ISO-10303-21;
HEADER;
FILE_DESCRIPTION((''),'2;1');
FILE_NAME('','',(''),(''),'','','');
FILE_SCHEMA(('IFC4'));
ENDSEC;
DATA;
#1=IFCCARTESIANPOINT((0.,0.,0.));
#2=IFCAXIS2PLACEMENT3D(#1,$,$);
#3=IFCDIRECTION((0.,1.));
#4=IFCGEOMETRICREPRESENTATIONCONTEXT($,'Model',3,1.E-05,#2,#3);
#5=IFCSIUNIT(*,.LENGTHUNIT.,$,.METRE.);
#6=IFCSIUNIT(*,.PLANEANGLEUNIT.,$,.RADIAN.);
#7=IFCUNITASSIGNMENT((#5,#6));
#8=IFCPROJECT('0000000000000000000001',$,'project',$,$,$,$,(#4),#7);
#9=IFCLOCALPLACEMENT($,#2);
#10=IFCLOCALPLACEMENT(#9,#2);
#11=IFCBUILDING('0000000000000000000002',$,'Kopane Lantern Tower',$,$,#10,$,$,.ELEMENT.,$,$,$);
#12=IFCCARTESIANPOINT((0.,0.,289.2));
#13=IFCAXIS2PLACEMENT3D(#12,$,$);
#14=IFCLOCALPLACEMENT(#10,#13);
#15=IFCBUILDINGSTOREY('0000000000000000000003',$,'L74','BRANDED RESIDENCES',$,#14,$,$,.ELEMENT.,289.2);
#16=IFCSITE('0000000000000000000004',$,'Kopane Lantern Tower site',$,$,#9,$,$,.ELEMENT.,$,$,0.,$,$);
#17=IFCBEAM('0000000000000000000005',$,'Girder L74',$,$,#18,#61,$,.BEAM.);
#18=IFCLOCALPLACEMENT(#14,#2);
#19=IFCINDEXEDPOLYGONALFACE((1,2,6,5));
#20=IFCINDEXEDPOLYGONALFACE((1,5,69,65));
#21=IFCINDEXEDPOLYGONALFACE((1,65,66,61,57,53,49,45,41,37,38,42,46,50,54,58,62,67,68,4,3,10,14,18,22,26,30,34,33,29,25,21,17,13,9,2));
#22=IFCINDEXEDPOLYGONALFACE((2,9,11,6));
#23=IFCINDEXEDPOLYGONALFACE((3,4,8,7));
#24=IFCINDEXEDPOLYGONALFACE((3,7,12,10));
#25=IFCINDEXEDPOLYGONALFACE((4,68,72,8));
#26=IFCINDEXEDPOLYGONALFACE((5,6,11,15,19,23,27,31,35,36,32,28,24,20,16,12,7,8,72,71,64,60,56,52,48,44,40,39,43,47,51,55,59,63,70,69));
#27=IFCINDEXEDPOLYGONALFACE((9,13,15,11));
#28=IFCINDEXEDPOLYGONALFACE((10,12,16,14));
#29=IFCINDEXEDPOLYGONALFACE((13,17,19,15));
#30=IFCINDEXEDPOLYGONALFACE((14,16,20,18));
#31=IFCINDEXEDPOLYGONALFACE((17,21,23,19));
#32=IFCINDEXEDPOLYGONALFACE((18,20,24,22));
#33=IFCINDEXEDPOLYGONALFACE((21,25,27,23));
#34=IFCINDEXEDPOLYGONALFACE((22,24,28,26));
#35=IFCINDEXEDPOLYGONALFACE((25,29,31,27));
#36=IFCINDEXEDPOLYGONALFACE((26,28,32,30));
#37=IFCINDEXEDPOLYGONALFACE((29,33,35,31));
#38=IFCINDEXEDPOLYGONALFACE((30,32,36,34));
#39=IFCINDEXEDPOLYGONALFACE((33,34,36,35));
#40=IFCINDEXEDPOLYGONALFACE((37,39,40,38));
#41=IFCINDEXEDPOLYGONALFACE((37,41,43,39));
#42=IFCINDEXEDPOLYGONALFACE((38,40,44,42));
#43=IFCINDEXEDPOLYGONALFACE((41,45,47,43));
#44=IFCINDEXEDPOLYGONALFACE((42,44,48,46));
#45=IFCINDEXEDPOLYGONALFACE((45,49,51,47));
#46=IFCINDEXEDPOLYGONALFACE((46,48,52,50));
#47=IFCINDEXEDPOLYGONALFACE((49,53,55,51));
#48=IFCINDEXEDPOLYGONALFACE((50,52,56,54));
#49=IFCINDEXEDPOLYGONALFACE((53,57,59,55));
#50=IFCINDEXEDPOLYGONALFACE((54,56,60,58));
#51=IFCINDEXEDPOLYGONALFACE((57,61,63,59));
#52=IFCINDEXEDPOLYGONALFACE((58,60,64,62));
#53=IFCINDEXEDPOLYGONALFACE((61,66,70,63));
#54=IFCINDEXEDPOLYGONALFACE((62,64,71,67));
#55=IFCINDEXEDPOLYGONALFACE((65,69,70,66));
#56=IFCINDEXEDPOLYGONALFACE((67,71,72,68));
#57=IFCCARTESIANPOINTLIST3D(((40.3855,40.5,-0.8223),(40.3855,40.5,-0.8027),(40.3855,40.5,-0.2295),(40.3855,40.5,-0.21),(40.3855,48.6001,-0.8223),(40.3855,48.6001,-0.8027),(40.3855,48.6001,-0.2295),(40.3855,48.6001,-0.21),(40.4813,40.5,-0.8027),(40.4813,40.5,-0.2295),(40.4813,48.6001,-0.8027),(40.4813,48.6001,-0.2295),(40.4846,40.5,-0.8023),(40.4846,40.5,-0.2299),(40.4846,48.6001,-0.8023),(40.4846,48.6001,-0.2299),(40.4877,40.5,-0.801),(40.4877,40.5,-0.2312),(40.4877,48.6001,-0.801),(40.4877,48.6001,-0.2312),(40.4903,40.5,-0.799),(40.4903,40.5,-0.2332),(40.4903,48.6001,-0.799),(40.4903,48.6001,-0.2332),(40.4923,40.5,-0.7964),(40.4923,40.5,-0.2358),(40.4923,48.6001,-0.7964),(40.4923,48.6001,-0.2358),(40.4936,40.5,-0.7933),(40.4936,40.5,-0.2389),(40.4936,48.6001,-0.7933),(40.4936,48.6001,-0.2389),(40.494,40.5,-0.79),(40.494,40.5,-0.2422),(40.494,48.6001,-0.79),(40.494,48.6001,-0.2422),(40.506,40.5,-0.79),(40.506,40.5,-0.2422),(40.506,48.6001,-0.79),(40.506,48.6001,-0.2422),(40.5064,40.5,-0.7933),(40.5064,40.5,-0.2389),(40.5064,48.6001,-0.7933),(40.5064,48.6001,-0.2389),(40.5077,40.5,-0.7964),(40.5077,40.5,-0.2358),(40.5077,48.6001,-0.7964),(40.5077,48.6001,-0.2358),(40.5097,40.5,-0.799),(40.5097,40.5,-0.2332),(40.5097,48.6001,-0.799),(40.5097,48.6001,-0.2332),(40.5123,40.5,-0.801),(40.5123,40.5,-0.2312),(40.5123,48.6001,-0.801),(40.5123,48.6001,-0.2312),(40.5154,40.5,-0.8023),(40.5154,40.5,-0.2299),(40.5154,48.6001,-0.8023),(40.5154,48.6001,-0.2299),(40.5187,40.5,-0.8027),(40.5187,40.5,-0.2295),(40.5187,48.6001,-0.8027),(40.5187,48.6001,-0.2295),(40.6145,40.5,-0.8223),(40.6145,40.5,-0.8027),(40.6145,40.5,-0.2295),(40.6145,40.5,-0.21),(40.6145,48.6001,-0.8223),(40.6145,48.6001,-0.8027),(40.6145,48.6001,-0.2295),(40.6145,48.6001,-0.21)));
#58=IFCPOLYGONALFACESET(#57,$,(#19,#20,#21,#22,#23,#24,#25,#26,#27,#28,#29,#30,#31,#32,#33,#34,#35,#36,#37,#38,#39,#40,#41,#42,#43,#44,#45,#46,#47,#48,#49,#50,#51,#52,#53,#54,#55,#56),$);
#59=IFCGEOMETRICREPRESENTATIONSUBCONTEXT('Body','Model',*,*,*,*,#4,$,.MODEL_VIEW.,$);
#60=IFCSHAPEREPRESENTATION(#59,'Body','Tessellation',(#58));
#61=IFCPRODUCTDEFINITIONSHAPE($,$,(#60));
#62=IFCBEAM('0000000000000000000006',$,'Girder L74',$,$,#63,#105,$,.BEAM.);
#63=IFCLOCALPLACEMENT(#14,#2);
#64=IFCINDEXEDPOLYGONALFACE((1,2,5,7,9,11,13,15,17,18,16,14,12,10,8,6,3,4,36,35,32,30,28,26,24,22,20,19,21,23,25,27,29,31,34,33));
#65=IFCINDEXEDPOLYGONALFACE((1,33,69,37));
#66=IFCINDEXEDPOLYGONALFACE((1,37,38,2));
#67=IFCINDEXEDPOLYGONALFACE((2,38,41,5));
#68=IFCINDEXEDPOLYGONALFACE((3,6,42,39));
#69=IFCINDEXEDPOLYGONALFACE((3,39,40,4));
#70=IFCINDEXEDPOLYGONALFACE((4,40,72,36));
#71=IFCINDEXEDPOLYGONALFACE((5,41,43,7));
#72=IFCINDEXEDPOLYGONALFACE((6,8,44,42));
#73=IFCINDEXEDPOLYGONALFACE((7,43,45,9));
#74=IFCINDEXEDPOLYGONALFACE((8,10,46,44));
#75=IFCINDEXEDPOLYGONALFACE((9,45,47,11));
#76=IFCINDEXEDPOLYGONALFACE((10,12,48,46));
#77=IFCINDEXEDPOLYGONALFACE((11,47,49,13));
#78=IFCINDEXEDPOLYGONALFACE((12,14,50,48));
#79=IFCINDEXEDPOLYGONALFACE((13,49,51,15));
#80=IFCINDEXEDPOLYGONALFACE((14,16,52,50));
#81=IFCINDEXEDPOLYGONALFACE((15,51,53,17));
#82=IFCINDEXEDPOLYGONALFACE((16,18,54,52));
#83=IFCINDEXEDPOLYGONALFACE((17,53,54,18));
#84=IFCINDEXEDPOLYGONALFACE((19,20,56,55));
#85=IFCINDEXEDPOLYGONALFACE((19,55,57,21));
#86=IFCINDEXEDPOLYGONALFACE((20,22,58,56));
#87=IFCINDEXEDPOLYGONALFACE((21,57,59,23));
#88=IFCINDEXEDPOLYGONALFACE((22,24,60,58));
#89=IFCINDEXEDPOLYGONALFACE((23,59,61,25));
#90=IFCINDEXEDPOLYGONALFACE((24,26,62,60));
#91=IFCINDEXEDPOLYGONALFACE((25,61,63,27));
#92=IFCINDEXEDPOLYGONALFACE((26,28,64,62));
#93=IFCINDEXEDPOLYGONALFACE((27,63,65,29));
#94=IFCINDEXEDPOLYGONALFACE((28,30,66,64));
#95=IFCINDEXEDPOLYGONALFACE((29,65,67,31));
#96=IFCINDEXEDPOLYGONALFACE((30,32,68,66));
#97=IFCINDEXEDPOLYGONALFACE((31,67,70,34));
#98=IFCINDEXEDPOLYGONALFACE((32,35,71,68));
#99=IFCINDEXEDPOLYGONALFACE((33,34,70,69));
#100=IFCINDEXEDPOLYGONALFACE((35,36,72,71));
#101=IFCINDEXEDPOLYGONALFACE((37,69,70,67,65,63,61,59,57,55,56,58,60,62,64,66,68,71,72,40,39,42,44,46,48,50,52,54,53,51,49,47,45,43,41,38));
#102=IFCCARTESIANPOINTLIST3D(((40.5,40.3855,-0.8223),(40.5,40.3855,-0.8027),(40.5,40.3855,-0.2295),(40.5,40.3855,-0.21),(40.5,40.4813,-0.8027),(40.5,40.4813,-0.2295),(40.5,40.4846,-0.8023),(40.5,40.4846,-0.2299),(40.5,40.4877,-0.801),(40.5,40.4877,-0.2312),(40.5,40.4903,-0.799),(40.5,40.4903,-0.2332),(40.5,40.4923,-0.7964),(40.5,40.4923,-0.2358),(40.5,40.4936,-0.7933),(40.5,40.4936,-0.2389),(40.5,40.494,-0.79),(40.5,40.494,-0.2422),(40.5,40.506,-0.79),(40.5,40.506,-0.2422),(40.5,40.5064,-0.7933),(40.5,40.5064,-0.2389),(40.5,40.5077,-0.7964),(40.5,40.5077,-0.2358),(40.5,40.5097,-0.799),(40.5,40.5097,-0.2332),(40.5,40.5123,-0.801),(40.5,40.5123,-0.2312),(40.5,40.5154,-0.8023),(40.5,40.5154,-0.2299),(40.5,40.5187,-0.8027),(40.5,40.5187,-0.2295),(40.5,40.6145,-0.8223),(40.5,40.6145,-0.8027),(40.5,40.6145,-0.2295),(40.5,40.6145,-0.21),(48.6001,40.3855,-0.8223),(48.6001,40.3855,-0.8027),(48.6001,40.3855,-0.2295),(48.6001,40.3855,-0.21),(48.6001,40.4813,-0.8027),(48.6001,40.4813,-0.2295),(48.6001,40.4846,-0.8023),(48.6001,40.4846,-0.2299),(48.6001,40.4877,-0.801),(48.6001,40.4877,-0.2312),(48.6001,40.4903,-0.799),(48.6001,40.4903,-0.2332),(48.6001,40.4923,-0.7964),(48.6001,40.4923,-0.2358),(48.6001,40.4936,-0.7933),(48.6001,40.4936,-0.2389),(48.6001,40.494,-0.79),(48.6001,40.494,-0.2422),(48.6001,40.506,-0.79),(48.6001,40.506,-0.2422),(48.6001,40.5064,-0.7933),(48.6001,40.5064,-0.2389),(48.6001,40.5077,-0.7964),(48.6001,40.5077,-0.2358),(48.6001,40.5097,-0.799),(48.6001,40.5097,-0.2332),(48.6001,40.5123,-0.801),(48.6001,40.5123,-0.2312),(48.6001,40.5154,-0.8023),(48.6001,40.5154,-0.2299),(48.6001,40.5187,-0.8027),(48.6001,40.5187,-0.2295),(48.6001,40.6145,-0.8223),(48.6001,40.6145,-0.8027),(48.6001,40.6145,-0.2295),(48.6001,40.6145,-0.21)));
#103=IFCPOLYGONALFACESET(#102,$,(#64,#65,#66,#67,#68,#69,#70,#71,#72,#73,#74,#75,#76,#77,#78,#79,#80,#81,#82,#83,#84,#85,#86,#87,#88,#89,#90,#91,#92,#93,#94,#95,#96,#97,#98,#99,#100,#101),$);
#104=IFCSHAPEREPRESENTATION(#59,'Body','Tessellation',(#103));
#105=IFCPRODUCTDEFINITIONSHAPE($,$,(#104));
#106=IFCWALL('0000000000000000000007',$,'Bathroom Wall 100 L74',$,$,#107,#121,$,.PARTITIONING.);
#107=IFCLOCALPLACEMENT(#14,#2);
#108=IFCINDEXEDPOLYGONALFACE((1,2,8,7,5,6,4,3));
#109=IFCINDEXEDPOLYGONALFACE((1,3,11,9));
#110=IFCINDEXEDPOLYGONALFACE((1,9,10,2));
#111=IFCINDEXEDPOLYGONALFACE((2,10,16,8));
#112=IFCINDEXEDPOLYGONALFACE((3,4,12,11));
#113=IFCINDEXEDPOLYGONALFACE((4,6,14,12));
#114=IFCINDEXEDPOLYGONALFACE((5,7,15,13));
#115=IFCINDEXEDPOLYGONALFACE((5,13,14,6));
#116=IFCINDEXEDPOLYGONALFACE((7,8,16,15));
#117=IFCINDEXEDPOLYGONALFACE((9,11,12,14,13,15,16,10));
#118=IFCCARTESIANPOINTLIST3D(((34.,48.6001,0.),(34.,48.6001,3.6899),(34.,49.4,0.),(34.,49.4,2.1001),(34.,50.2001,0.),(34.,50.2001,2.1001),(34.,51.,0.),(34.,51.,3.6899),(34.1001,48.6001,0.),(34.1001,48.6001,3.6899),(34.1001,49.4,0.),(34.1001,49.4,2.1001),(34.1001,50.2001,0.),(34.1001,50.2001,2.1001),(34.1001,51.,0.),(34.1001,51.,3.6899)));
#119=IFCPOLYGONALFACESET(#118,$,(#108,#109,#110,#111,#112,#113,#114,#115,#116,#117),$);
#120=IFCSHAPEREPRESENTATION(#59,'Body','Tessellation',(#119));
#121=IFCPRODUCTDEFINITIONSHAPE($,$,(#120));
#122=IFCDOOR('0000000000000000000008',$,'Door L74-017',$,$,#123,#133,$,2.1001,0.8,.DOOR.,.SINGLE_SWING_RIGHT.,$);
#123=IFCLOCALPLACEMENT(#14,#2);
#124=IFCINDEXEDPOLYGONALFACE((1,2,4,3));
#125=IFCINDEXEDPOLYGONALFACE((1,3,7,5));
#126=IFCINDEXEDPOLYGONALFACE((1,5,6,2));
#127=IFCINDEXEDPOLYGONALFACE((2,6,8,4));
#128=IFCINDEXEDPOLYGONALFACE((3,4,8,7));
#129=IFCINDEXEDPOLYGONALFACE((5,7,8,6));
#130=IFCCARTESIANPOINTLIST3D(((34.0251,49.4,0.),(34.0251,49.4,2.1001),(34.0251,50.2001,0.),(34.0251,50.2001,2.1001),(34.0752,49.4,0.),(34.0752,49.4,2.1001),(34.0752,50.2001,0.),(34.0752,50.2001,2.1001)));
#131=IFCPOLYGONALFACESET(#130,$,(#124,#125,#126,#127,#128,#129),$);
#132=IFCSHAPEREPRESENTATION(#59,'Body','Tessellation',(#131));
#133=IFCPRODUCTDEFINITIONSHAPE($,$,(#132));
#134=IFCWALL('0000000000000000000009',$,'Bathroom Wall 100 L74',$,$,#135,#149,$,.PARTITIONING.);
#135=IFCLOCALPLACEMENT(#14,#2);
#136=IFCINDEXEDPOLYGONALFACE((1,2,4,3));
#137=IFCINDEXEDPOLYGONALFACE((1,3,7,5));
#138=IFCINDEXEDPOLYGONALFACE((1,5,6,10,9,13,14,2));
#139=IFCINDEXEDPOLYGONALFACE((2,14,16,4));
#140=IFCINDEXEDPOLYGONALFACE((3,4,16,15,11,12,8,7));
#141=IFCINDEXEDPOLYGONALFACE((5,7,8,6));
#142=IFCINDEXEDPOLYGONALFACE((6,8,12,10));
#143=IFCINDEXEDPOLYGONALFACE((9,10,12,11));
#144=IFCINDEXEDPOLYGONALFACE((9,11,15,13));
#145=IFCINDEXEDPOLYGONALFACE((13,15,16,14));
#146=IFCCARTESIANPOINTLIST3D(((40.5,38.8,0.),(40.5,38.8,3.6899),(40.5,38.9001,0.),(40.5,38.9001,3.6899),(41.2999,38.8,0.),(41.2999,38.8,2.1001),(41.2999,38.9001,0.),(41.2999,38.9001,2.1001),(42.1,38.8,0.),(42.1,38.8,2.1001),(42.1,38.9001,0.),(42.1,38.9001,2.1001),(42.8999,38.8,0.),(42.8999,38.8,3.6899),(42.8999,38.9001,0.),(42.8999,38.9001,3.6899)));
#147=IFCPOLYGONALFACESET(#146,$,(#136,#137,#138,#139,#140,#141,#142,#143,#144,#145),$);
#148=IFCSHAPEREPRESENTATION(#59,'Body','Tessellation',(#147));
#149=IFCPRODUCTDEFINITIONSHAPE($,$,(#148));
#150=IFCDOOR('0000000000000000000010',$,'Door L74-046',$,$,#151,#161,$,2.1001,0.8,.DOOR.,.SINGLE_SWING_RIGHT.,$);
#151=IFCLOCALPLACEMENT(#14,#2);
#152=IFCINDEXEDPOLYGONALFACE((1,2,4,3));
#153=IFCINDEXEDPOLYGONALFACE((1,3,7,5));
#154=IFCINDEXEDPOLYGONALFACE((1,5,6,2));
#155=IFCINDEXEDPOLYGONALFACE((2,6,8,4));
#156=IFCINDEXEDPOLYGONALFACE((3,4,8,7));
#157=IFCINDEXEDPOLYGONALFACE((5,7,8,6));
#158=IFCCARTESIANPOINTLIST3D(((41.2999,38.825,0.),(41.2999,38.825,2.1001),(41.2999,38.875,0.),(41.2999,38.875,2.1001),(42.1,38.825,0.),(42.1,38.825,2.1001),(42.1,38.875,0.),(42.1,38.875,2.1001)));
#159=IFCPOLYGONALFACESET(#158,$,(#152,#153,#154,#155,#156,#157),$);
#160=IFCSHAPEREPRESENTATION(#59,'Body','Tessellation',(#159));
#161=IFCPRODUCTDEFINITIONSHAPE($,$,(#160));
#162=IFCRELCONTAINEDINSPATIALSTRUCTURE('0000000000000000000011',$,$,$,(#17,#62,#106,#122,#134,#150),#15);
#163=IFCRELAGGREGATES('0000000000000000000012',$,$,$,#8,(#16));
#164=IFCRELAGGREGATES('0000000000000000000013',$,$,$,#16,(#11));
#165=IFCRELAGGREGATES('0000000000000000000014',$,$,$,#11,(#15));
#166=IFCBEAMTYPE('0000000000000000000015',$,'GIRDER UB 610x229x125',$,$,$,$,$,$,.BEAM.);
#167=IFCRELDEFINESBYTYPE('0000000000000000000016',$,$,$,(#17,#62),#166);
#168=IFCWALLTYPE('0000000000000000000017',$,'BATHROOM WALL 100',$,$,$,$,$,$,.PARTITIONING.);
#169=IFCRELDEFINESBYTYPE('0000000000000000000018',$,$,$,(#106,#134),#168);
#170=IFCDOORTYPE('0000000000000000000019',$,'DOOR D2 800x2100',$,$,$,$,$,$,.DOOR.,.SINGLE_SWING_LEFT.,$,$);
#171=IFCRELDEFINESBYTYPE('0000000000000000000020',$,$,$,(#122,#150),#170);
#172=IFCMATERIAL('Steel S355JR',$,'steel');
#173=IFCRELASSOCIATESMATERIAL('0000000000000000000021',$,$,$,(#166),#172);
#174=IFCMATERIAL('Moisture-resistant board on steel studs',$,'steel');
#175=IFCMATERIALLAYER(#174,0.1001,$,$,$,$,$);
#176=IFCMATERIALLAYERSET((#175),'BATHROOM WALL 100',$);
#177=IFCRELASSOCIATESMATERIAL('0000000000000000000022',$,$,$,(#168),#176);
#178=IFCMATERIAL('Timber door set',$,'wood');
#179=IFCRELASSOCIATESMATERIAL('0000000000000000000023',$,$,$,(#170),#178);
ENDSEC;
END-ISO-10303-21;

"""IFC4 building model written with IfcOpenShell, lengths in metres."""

from ifc_helpers import new_model, si_unit, direction, frame, frame_2d, origin, origin_2d, place, context, subcontext, project, spatial, rectangle, i_section, extrude, material, layer, layer_set, material_profile, profile_set, type_object, element, fill, save


model = new_model("IFC4")

# Units and contexts
model_context = context("Model", 3, precision=1e-05, world=origin(), true_north=direction((0.0, 1.0)))
body_context = subcontext(model_context, "Body", "Model", "MODEL_VIEW")
ifc_project = project(units=[si_unit("LENGTHUNIT", "METRE"), si_unit("PLANEANGLEUNIT", "RADIAN")], contexts=[model_context])

# Site, building, storey
site_placement = place(None, origin())
site = spatial("IfcSite", under=ifc_project, at=site_placement, Name="Kopane Lantern Tower site", CompositionType="ELEMENT", RefElevation=0.0)
building_placement = place(site_placement, origin())
building = spatial("IfcBuilding", under=site, at=building_placement, Name="Kopane Lantern Tower", CompositionType="ELEMENT")
storey_placement = place(building_placement, frame((0.0, 0.0, 289.2)))
storey = spatial("IfcBuildingStorey", under=building, at=storey_placement, Name="L74", Description="BRANDED RESIDENCES", CompositionType="ELEMENT", Elevation=289.2)

# Beams
ifc_material_1 = material(Name="Steel S355JR", Category="steel")
ifc_material_profile_1 = material_profile(ifc_material_1, i_section(OverallWidth=0.229, OverallDepth=0.6123, WebThickness=0.012, FlangeThickness=0.0195, FilletRadius=0.0127, at=origin_2d()), Name="UB 610x229x125")
ifc_profile_set_1 = profile_set([ifc_material_profile_1], Name="Steel S355JR")
beam_type = type_object("IfcBeamType", Name="GIRDER UB 610x229x125", PredefinedType="BEAM", material=ifc_profile_set_1)
for number, where, z_axis, x_axis, name in (
    (1, (40.5, 40.5, -0.5161), (0.0, 1.0, 0.0), (-1.0, 0.0, 0.0), "Girder L74"),
    (2, (40.5, 40.5, -0.5161), (1.0, 0.0, 0.0), (0.0, 1.0, 0.0), "Girder L74"),
):
    element("IfcBeam", number, at=place(storey_placement, frame(where, z_axis=z_axis, x_axis=x_axis)), inside=storey, type_object=beam_type, Name=name, PredefinedType="BEAM", context=body_context, shape_type="SweptSolid", body=[
        extrude(i_section(OverallWidth=0.229, OverallDepth=0.6123, WebThickness=0.012, FlangeThickness=0.0195, FilletRadius=0.0127, at=origin_2d()), origin(), (0.0, 0.0, 1.0), 8.1001),
    ])

# Walls, openings, doors
ifc_material_2 = material(Name="Moisture-resistant board on steel studs", Category="steel")
ifc_layer_1 = layer(ifc_material_2, 0.1001)
ifc_layer_set_1 = layer_set([ifc_layer_1], Name="BATHROOM WALL 100")
wall_type_1 = type_object("IfcWallType", Name="BATHROOM WALL 100", PredefinedType="PARTITIONING", material=ifc_layer_set_1)
wall_1_placement = place(storey_placement, frame((34.05, 48.6001, 0.0), z_axis=(0.0, 0.0, 1.0), x_axis=(0.0, 1.0, 0.0)))
wall_1 = element("IfcWall", 3, at=wall_1_placement, inside=storey, type_object=wall_type_1, Name="Bathroom Wall 100 L74", PredefinedType="PARTITIONING", context=body_context, shape_type="SweptSolid", body=[
    extrude(rectangle(XDim=2.3999, YDim=0.1001, at=frame_2d((1.2, 0.0))), origin(), (0.0, 0.0, 1.0), 3.6899),
])
opening_1_placement = place(wall_1_placement, frame((0.8, 0.0, 0.0)))
opening_1 = element("IfcOpeningElement", 4, at=opening_1_placement, cuts=wall_1, PredefinedType="OPENING", context=body_context, shape_type="SweptSolid", body=[
    extrude(rectangle(XDim=0.8, YDim=2.1001, at=frame_2d((0.3999, 1.05))), frame((0.0, 0.0601, 0.0), z_axis=(0.0, -1.0, 0.0), x_axis=(1.0, 0.0, 0.0)), (0.0, 0.0, 1.0), 0.1201),
])
ifc_material_3 = material(Name="Timber door set", Category="wood")
door_type_1 = type_object("IfcDoorType", Name="DOOR D2 800x2100", OperationType="SINGLE_SWING_LEFT", PredefinedType="DOOR", material=ifc_material_3)
door_1_placement = place(opening_1_placement, origin())
door_1 = element("IfcDoor", 5, at=door_1_placement, inside=storey, type_object=door_type_1, Name="Door L74-017", OperationType="SINGLE_SWING_RIGHT", OverallHeight=2.1001, OverallWidth=0.8, PredefinedType="DOOR", context=body_context, shape_type="SweptSolid", body=[
    extrude(rectangle(XDim=0.8, YDim=2.1001, at=frame_2d((0.3999, 1.05))), frame((0.0, 0.0249, 0.0), z_axis=(0.0, -1.0, 0.0), x_axis=(1.0, 0.0, 0.0)), (0.0, 0.0, 1.0), 0.05),
])
fill(opening_1, door_1)
wall_2_placement = place(storey_placement, frame((40.5, 38.8501, 0.0), z_axis=(0.0, 0.0, 1.0), x_axis=(1.0, 0.0, 0.0)))
wall_2 = element("IfcWall", 6, at=wall_2_placement, inside=storey, type_object=wall_type_1, Name="Bathroom Wall 100 L74", PredefinedType="PARTITIONING", context=body_context, shape_type="SweptSolid", body=[
    extrude(rectangle(XDim=2.3999, YDim=0.1001, at=frame_2d((1.2, 0.0))), origin(), (0.0, 0.0, 1.0), 3.6899),
])
opening_2_placement = place(wall_2_placement, frame((0.8, 0.0, 0.0)))
opening_2 = element("IfcOpeningElement", 7, at=opening_2_placement, cuts=wall_2, PredefinedType="OPENING", context=body_context, shape_type="SweptSolid", body=[
    extrude(rectangle(XDim=0.8, YDim=2.1001, at=frame_2d((0.3999, 1.05))), frame((0.0, 0.0601, 0.0), z_axis=(0.0, -1.0, 0.0), x_axis=(1.0, 0.0, 0.0)), (0.0, 0.0, 1.0), 0.1201),
])
door_2_placement = place(opening_2_placement, origin())
door_2 = element("IfcDoor", 8, at=door_2_placement, inside=storey, type_object=door_type_1, Name="Door L74-046", OperationType="SINGLE_SWING_RIGHT", OverallHeight=2.1001, OverallWidth=0.8, PredefinedType="DOOR", context=body_context, shape_type="SweptSolid", body=[
    extrude(rectangle(XDim=0.8, YDim=2.1001, at=frame_2d((0.3999, 1.05))), frame((0.0, 0.0249, 0.0), z_axis=(0.0, -1.0, 0.0), x_axis=(1.0, 0.0, 0.0)), (0.0, 0.0, 1.0), 0.05),
])
fill(opening_2, door_2)

save(model, "model.ifc")
